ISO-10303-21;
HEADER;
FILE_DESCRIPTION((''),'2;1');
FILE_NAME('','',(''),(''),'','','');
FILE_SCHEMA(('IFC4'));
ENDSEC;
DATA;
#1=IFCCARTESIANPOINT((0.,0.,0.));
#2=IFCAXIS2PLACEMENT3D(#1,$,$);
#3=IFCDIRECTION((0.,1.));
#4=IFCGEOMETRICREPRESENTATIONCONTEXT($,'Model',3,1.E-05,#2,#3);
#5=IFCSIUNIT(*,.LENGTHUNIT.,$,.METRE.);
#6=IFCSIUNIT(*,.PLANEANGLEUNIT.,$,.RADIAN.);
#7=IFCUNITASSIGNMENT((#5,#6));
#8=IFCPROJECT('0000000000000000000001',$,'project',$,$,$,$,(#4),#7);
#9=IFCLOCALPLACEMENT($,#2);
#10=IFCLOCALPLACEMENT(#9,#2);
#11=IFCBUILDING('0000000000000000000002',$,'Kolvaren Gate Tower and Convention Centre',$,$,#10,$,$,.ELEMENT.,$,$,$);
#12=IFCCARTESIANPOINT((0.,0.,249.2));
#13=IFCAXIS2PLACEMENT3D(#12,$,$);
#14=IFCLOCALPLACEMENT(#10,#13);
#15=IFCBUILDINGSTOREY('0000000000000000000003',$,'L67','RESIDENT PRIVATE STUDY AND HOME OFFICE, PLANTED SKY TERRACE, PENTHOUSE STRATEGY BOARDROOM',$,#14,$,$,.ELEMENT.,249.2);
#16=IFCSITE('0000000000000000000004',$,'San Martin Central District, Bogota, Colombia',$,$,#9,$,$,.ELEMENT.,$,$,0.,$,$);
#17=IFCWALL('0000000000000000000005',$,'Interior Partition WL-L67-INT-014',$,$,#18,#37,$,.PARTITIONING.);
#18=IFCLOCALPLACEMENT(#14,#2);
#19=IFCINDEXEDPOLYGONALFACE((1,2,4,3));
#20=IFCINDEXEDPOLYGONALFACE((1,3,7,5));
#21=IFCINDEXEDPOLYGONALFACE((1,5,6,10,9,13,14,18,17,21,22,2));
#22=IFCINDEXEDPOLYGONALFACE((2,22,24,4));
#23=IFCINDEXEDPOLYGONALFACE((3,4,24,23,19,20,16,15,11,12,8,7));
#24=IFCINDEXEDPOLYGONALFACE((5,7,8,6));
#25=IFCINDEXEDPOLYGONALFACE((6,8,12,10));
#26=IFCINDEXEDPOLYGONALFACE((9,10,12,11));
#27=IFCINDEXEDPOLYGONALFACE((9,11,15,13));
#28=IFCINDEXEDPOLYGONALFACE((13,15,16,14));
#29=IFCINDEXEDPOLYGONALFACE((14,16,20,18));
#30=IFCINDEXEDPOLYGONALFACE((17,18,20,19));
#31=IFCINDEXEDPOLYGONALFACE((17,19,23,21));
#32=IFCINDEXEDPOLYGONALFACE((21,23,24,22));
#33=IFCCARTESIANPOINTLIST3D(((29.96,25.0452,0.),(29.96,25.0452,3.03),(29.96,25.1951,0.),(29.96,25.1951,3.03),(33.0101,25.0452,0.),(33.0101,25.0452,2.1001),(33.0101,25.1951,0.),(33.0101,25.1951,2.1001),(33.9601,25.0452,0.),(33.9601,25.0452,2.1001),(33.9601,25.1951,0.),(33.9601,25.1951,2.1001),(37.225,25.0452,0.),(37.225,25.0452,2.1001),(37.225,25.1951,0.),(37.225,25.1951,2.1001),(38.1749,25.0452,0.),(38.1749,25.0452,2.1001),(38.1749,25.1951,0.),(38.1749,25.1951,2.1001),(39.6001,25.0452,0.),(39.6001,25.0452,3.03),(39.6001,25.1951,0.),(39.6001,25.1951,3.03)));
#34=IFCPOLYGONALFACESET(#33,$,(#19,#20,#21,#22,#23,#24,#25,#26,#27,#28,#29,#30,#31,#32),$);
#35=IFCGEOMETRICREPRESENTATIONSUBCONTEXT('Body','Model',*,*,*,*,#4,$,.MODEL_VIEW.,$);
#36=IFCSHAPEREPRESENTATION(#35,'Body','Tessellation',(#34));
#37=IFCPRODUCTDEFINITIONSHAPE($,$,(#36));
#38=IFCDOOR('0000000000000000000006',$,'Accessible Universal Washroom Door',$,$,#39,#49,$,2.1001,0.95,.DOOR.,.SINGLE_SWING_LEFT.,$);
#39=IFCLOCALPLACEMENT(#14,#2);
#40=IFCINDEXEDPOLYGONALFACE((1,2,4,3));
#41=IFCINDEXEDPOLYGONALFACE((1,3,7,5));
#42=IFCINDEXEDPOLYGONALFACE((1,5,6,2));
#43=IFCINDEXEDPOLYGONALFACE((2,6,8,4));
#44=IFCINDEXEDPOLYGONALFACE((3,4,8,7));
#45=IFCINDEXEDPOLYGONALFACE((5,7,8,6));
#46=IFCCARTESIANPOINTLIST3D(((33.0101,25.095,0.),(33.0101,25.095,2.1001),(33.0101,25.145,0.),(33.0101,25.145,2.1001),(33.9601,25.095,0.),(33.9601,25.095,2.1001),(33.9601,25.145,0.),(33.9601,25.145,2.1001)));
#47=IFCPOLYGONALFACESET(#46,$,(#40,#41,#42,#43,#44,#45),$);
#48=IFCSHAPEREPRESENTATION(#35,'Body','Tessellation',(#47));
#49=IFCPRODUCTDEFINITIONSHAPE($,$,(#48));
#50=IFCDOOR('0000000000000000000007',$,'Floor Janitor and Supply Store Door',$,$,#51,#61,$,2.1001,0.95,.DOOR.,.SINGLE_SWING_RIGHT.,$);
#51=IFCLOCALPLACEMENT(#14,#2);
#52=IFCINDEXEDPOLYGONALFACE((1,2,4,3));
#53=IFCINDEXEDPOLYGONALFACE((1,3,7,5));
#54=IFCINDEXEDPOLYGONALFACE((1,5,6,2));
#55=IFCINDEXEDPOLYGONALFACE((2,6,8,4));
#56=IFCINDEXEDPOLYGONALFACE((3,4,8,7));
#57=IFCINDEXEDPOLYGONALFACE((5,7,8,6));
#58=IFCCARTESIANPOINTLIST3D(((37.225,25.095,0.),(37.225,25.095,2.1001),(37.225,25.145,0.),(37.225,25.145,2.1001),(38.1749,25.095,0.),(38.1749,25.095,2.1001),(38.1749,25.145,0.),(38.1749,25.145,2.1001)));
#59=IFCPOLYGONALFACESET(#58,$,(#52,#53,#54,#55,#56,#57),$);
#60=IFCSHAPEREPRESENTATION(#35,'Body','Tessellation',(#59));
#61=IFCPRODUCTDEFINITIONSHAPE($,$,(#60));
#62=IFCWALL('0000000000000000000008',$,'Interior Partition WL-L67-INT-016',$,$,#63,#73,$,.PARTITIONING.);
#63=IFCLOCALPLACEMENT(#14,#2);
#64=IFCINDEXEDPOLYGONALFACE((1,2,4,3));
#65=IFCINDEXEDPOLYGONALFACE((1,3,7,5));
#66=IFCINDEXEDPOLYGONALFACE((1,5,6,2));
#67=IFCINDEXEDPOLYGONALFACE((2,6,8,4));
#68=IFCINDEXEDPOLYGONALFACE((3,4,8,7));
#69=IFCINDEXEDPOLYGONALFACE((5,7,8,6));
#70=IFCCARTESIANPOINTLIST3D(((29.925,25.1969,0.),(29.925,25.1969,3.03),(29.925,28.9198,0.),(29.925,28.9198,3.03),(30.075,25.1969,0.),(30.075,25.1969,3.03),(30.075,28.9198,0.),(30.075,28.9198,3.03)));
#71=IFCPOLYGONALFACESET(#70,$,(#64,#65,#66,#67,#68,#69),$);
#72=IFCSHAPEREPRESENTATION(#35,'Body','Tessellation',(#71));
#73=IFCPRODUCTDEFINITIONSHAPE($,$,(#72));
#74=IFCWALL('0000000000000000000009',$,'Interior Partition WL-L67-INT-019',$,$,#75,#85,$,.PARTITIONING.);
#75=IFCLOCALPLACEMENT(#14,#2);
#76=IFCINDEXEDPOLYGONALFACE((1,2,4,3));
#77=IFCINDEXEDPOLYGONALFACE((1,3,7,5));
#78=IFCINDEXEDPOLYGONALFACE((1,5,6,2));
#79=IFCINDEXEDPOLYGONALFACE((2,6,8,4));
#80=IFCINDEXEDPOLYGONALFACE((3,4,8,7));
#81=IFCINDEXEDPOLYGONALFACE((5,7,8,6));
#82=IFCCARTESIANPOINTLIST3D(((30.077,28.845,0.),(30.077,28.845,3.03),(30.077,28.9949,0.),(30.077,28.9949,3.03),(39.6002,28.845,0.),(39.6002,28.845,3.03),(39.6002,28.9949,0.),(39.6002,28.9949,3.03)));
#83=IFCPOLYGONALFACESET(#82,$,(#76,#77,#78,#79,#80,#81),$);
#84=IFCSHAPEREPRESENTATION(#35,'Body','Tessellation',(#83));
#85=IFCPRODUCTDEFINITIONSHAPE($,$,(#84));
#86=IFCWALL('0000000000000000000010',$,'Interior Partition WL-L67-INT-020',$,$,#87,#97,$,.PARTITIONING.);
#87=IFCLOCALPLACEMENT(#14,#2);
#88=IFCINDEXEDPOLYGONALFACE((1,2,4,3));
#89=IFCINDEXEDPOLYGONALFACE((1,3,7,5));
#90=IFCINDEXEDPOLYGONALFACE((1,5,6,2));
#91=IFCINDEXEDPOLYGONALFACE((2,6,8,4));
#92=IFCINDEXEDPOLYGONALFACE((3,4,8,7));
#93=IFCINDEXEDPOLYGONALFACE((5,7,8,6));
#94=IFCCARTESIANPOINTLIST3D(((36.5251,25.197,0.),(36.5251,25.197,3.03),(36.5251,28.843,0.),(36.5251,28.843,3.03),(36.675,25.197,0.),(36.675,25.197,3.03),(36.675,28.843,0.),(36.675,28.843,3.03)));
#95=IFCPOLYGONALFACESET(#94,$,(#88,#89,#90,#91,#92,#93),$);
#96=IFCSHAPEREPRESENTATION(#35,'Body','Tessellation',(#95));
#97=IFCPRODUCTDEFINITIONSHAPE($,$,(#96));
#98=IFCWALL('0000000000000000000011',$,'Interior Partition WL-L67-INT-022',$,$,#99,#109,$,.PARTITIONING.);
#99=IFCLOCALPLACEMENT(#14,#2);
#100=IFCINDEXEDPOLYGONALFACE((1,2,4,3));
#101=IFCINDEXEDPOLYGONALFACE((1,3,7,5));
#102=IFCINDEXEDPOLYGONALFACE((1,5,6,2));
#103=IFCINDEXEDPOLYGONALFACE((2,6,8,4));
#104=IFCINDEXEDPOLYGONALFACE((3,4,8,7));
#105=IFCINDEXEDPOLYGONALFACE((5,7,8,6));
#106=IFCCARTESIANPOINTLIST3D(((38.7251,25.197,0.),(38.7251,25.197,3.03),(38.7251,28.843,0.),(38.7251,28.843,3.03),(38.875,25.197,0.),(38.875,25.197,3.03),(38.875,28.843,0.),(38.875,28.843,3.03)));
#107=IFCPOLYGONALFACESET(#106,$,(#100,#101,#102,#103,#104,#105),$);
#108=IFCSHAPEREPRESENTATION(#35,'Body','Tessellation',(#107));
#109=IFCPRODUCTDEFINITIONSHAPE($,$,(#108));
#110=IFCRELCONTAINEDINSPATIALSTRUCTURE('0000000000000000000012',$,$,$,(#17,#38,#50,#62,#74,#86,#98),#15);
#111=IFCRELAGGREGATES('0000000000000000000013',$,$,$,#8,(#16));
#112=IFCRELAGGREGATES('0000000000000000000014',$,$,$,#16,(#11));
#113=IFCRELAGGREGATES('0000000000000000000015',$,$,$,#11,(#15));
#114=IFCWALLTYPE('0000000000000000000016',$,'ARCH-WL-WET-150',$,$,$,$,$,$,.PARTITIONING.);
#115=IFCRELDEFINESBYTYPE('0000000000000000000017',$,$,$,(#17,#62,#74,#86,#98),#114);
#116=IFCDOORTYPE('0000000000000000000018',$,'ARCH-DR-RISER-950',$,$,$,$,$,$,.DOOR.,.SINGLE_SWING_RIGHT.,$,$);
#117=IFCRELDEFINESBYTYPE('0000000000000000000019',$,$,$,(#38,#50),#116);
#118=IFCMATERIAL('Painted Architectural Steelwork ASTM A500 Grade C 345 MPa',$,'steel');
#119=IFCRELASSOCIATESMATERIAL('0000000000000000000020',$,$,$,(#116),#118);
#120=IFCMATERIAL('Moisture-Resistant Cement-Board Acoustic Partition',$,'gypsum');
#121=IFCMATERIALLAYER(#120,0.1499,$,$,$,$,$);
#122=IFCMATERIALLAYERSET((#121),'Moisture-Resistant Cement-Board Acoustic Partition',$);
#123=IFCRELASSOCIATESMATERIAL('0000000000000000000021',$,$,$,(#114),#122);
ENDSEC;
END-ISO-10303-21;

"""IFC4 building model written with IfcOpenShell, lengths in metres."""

from ifc_helpers import new_model, si_unit, direction, frame, frame_2d, origin, place, context, subcontext, project, spatial, rectangle, extrude, material, layer, layer_set, type_object, element, fill, save


model = new_model("IFC4")

# Units and contexts
model_context = context("Model", 3, precision=1e-05, world=origin(), true_north=direction((0.0, 1.0)))
body_context = subcontext(model_context, "Body", "Model", "MODEL_VIEW")
ifc_project = project(units=[si_unit("LENGTHUNIT", "METRE"), si_unit("PLANEANGLEUNIT", "RADIAN")], contexts=[model_context])

# Site, building, storey
site_placement = place(None, origin())
site = spatial("IfcSite", under=ifc_project, at=site_placement, Name="San Martin Central District, Bogota, Colombia", CompositionType="ELEMENT", RefElevation=0.0)
building_placement = place(site_placement, origin())
building = spatial("IfcBuilding", under=site, at=building_placement, Name="Kolvaren Gate Tower and Convention Centre", CompositionType="ELEMENT")
storey_placement = place(building_placement, frame((0.0, 0.0, 249.2)))
storey = spatial("IfcBuildingStorey", under=building, at=storey_placement, Name="L67", Description="RESIDENT PRIVATE STUDY AND HOME OFFICE, PLANTED SKY TERRACE, PENTHOUSE STRATEGY BOARDROOM", CompositionType="ELEMENT", Elevation=249.2)

# Shared definitions
ifc_material_1 = material(Name="Painted Architectural Steelwork ASTM A500 Grade C 345 MPa", Category="steel")
door_type = type_object("IfcDoorType", Name="ARCH-DR-RISER-950", OperationType="SINGLE_SWING_RIGHT", PredefinedType="DOOR", material=ifc_material_1)

# Wall, openings, doors
ifc_material_2 = material(Name="Moisture-Resistant Cement-Board Acoustic Partition", Category="gypsum")
ifc_layer_1 = layer(ifc_material_2, 0.1499)
ifc_layer_set_1 = layer_set([ifc_layer_1], Name="Moisture-Resistant Cement-Board Acoustic Partition")
wall_type_1 = type_object("IfcWallType", Name="ARCH-WL-WET-150", PredefinedType="PARTITIONING", material=ifc_layer_set_1)
wall_1_placement = place(storey_placement, frame((29.96, 25.1201, 0.0), z_axis=(0.0, 0.0, 1.0), x_axis=(1.0, 0.0, 0.0)))
wall_1 = element("IfcWall", 1, at=wall_1_placement, inside=storey, type_object=wall_type_1, Name="Interior Partition WL-L67-INT-014", PredefinedType="PARTITIONING", context=body_context, shape_type="SweptSolid", body=[
    extrude(rectangle(XDim=9.6401, YDim=0.1499, at=frame_2d((4.8201, 0.0))), origin(), (0.0, 0.0, 1.0), 3.03),
])
opening_1_placement = place(wall_1_placement, frame((3.05, 0.0, 0.0)))
opening_1 = element("IfcOpeningElement", 2, at=opening_1_placement, cuts=wall_1, PredefinedType="OPENING", context=body_context, shape_type="SweptSolid", body=[
    extrude(rectangle(XDim=0.95, YDim=2.1001, at=frame_2d((0.4751, 1.05))), frame((0.0, 0.085, 0.0), z_axis=(0.0, -1.0, 0.0), x_axis=(1.0, 0.0, 0.0)), (0.0, 0.0, 1.0), 0.1699),
])
opening_2_placement = place(wall_1_placement, frame((7.2649, 0.0, 0.0)))
opening_2 = element("IfcOpeningElement", 3, at=opening_2_placement, cuts=wall_1, PredefinedType="OPENING", context=body_context, shape_type="SweptSolid", body=[
    extrude(rectangle(XDim=0.95, YDim=2.1001, at=frame_2d((0.4751, 1.05))), frame((0.0, 0.085, 0.0), z_axis=(0.0, -1.0, 0.0), x_axis=(1.0, 0.0, 0.0)), (0.0, 0.0, 1.0), 0.1699),
])
door_1_placement = place(opening_1_placement, origin())
door_1 = element("IfcDoor", 4, at=door_1_placement, inside=storey, type_object=door_type, Name="Accessible Universal Washroom Door", OperationType="SINGLE_SWING_LEFT", OverallHeight=2.1001, OverallWidth=0.95, PredefinedType="DOOR", context=body_context, shape_type="SweptSolid", body=[
    extrude(rectangle(XDim=0.95, YDim=2.1001, at=frame_2d((0.4751, 1.05))), frame((0.0, 0.0249, 0.0), z_axis=(0.0, -1.0, 0.0), x_axis=(1.0, 0.0, 0.0)), (0.0, 0.0, 1.0), 0.05),
])
fill(opening_1, door_1)
door_2_placement = place(opening_2_placement, origin())
door_2 = element("IfcDoor", 5, at=door_2_placement, inside=storey, type_object=door_type, Name="Floor Janitor and Supply Store Door", OperationType="SINGLE_SWING_RIGHT", OverallHeight=2.1001, OverallWidth=0.95, PredefinedType="DOOR", context=body_context, shape_type="SweptSolid", body=[
    extrude(rectangle(XDim=0.95, YDim=2.1001, at=frame_2d((0.4751, 1.05))), frame((0.0, 0.0249, 0.0), z_axis=(0.0, -1.0, 0.0), x_axis=(1.0, 0.0, 0.0)), (0.0, 0.0, 1.0), 0.05),
])
fill(opening_2, door_2)

# Walls
wall_2_placement = place(storey_placement, frame((30.0, 25.197, 0.0), z_axis=(0.0, 0.0, 1.0), x_axis=(0.0, 1.0, 0.0)))
element("IfcWall", 6, at=wall_2_placement, inside=storey, type_object=wall_type_1, Name="Interior Partition WL-L67-INT-016", PredefinedType="PARTITIONING", context=body_context, shape_type="SweptSolid", body=[
    extrude(rectangle(XDim=3.7229, YDim=0.1499, at=frame_2d((1.8613, 0.0))), origin(), (0.0, 0.0, 1.0), 3.03),
])
wall_3_placement = place(storey_placement, frame((30.0769, 28.9199, 0.0), z_axis=(0.0, 0.0, 1.0), x_axis=(1.0, 0.0, 0.0)))
element("IfcWall", 7, at=wall_3_placement, inside=storey, type_object=wall_type_1, Name="Interior Partition WL-L67-INT-019", PredefinedType="PARTITIONING", context=body_context, shape_type="SweptSolid", body=[
    extrude(rectangle(XDim=9.5232, YDim=0.1499, at=frame_2d((4.7617, 0.0))), origin(), (0.0, 0.0, 1.0), 3.03),
])
for number, where, z_axis, x_axis, name in (
    (8, (36.6001, 25.197, 0.0), (0.0, 0.0, 1.0), (0.0, 1.0, 0.0), "Interior Partition WL-L67-INT-020"),
    (9, (38.8, 25.197, 0.0), (0.0, 0.0, 1.0), (0.0, 1.0, 0.0), "Interior Partition WL-L67-INT-022"),
):
    element("IfcWall", number, at=place(storey_placement, frame(where, z_axis=z_axis, x_axis=x_axis)), inside=storey, type_object=wall_type_1, Name=name, PredefinedType="PARTITIONING", context=body_context, shape_type="SweptSolid", body=[
        extrude(rectangle(XDim=3.646, YDim=0.1499, at=frame_2d((1.823, 0.0))), origin(), (0.0, 0.0, 1.0), 3.03),
    ])

save(model, "model.ifc")
